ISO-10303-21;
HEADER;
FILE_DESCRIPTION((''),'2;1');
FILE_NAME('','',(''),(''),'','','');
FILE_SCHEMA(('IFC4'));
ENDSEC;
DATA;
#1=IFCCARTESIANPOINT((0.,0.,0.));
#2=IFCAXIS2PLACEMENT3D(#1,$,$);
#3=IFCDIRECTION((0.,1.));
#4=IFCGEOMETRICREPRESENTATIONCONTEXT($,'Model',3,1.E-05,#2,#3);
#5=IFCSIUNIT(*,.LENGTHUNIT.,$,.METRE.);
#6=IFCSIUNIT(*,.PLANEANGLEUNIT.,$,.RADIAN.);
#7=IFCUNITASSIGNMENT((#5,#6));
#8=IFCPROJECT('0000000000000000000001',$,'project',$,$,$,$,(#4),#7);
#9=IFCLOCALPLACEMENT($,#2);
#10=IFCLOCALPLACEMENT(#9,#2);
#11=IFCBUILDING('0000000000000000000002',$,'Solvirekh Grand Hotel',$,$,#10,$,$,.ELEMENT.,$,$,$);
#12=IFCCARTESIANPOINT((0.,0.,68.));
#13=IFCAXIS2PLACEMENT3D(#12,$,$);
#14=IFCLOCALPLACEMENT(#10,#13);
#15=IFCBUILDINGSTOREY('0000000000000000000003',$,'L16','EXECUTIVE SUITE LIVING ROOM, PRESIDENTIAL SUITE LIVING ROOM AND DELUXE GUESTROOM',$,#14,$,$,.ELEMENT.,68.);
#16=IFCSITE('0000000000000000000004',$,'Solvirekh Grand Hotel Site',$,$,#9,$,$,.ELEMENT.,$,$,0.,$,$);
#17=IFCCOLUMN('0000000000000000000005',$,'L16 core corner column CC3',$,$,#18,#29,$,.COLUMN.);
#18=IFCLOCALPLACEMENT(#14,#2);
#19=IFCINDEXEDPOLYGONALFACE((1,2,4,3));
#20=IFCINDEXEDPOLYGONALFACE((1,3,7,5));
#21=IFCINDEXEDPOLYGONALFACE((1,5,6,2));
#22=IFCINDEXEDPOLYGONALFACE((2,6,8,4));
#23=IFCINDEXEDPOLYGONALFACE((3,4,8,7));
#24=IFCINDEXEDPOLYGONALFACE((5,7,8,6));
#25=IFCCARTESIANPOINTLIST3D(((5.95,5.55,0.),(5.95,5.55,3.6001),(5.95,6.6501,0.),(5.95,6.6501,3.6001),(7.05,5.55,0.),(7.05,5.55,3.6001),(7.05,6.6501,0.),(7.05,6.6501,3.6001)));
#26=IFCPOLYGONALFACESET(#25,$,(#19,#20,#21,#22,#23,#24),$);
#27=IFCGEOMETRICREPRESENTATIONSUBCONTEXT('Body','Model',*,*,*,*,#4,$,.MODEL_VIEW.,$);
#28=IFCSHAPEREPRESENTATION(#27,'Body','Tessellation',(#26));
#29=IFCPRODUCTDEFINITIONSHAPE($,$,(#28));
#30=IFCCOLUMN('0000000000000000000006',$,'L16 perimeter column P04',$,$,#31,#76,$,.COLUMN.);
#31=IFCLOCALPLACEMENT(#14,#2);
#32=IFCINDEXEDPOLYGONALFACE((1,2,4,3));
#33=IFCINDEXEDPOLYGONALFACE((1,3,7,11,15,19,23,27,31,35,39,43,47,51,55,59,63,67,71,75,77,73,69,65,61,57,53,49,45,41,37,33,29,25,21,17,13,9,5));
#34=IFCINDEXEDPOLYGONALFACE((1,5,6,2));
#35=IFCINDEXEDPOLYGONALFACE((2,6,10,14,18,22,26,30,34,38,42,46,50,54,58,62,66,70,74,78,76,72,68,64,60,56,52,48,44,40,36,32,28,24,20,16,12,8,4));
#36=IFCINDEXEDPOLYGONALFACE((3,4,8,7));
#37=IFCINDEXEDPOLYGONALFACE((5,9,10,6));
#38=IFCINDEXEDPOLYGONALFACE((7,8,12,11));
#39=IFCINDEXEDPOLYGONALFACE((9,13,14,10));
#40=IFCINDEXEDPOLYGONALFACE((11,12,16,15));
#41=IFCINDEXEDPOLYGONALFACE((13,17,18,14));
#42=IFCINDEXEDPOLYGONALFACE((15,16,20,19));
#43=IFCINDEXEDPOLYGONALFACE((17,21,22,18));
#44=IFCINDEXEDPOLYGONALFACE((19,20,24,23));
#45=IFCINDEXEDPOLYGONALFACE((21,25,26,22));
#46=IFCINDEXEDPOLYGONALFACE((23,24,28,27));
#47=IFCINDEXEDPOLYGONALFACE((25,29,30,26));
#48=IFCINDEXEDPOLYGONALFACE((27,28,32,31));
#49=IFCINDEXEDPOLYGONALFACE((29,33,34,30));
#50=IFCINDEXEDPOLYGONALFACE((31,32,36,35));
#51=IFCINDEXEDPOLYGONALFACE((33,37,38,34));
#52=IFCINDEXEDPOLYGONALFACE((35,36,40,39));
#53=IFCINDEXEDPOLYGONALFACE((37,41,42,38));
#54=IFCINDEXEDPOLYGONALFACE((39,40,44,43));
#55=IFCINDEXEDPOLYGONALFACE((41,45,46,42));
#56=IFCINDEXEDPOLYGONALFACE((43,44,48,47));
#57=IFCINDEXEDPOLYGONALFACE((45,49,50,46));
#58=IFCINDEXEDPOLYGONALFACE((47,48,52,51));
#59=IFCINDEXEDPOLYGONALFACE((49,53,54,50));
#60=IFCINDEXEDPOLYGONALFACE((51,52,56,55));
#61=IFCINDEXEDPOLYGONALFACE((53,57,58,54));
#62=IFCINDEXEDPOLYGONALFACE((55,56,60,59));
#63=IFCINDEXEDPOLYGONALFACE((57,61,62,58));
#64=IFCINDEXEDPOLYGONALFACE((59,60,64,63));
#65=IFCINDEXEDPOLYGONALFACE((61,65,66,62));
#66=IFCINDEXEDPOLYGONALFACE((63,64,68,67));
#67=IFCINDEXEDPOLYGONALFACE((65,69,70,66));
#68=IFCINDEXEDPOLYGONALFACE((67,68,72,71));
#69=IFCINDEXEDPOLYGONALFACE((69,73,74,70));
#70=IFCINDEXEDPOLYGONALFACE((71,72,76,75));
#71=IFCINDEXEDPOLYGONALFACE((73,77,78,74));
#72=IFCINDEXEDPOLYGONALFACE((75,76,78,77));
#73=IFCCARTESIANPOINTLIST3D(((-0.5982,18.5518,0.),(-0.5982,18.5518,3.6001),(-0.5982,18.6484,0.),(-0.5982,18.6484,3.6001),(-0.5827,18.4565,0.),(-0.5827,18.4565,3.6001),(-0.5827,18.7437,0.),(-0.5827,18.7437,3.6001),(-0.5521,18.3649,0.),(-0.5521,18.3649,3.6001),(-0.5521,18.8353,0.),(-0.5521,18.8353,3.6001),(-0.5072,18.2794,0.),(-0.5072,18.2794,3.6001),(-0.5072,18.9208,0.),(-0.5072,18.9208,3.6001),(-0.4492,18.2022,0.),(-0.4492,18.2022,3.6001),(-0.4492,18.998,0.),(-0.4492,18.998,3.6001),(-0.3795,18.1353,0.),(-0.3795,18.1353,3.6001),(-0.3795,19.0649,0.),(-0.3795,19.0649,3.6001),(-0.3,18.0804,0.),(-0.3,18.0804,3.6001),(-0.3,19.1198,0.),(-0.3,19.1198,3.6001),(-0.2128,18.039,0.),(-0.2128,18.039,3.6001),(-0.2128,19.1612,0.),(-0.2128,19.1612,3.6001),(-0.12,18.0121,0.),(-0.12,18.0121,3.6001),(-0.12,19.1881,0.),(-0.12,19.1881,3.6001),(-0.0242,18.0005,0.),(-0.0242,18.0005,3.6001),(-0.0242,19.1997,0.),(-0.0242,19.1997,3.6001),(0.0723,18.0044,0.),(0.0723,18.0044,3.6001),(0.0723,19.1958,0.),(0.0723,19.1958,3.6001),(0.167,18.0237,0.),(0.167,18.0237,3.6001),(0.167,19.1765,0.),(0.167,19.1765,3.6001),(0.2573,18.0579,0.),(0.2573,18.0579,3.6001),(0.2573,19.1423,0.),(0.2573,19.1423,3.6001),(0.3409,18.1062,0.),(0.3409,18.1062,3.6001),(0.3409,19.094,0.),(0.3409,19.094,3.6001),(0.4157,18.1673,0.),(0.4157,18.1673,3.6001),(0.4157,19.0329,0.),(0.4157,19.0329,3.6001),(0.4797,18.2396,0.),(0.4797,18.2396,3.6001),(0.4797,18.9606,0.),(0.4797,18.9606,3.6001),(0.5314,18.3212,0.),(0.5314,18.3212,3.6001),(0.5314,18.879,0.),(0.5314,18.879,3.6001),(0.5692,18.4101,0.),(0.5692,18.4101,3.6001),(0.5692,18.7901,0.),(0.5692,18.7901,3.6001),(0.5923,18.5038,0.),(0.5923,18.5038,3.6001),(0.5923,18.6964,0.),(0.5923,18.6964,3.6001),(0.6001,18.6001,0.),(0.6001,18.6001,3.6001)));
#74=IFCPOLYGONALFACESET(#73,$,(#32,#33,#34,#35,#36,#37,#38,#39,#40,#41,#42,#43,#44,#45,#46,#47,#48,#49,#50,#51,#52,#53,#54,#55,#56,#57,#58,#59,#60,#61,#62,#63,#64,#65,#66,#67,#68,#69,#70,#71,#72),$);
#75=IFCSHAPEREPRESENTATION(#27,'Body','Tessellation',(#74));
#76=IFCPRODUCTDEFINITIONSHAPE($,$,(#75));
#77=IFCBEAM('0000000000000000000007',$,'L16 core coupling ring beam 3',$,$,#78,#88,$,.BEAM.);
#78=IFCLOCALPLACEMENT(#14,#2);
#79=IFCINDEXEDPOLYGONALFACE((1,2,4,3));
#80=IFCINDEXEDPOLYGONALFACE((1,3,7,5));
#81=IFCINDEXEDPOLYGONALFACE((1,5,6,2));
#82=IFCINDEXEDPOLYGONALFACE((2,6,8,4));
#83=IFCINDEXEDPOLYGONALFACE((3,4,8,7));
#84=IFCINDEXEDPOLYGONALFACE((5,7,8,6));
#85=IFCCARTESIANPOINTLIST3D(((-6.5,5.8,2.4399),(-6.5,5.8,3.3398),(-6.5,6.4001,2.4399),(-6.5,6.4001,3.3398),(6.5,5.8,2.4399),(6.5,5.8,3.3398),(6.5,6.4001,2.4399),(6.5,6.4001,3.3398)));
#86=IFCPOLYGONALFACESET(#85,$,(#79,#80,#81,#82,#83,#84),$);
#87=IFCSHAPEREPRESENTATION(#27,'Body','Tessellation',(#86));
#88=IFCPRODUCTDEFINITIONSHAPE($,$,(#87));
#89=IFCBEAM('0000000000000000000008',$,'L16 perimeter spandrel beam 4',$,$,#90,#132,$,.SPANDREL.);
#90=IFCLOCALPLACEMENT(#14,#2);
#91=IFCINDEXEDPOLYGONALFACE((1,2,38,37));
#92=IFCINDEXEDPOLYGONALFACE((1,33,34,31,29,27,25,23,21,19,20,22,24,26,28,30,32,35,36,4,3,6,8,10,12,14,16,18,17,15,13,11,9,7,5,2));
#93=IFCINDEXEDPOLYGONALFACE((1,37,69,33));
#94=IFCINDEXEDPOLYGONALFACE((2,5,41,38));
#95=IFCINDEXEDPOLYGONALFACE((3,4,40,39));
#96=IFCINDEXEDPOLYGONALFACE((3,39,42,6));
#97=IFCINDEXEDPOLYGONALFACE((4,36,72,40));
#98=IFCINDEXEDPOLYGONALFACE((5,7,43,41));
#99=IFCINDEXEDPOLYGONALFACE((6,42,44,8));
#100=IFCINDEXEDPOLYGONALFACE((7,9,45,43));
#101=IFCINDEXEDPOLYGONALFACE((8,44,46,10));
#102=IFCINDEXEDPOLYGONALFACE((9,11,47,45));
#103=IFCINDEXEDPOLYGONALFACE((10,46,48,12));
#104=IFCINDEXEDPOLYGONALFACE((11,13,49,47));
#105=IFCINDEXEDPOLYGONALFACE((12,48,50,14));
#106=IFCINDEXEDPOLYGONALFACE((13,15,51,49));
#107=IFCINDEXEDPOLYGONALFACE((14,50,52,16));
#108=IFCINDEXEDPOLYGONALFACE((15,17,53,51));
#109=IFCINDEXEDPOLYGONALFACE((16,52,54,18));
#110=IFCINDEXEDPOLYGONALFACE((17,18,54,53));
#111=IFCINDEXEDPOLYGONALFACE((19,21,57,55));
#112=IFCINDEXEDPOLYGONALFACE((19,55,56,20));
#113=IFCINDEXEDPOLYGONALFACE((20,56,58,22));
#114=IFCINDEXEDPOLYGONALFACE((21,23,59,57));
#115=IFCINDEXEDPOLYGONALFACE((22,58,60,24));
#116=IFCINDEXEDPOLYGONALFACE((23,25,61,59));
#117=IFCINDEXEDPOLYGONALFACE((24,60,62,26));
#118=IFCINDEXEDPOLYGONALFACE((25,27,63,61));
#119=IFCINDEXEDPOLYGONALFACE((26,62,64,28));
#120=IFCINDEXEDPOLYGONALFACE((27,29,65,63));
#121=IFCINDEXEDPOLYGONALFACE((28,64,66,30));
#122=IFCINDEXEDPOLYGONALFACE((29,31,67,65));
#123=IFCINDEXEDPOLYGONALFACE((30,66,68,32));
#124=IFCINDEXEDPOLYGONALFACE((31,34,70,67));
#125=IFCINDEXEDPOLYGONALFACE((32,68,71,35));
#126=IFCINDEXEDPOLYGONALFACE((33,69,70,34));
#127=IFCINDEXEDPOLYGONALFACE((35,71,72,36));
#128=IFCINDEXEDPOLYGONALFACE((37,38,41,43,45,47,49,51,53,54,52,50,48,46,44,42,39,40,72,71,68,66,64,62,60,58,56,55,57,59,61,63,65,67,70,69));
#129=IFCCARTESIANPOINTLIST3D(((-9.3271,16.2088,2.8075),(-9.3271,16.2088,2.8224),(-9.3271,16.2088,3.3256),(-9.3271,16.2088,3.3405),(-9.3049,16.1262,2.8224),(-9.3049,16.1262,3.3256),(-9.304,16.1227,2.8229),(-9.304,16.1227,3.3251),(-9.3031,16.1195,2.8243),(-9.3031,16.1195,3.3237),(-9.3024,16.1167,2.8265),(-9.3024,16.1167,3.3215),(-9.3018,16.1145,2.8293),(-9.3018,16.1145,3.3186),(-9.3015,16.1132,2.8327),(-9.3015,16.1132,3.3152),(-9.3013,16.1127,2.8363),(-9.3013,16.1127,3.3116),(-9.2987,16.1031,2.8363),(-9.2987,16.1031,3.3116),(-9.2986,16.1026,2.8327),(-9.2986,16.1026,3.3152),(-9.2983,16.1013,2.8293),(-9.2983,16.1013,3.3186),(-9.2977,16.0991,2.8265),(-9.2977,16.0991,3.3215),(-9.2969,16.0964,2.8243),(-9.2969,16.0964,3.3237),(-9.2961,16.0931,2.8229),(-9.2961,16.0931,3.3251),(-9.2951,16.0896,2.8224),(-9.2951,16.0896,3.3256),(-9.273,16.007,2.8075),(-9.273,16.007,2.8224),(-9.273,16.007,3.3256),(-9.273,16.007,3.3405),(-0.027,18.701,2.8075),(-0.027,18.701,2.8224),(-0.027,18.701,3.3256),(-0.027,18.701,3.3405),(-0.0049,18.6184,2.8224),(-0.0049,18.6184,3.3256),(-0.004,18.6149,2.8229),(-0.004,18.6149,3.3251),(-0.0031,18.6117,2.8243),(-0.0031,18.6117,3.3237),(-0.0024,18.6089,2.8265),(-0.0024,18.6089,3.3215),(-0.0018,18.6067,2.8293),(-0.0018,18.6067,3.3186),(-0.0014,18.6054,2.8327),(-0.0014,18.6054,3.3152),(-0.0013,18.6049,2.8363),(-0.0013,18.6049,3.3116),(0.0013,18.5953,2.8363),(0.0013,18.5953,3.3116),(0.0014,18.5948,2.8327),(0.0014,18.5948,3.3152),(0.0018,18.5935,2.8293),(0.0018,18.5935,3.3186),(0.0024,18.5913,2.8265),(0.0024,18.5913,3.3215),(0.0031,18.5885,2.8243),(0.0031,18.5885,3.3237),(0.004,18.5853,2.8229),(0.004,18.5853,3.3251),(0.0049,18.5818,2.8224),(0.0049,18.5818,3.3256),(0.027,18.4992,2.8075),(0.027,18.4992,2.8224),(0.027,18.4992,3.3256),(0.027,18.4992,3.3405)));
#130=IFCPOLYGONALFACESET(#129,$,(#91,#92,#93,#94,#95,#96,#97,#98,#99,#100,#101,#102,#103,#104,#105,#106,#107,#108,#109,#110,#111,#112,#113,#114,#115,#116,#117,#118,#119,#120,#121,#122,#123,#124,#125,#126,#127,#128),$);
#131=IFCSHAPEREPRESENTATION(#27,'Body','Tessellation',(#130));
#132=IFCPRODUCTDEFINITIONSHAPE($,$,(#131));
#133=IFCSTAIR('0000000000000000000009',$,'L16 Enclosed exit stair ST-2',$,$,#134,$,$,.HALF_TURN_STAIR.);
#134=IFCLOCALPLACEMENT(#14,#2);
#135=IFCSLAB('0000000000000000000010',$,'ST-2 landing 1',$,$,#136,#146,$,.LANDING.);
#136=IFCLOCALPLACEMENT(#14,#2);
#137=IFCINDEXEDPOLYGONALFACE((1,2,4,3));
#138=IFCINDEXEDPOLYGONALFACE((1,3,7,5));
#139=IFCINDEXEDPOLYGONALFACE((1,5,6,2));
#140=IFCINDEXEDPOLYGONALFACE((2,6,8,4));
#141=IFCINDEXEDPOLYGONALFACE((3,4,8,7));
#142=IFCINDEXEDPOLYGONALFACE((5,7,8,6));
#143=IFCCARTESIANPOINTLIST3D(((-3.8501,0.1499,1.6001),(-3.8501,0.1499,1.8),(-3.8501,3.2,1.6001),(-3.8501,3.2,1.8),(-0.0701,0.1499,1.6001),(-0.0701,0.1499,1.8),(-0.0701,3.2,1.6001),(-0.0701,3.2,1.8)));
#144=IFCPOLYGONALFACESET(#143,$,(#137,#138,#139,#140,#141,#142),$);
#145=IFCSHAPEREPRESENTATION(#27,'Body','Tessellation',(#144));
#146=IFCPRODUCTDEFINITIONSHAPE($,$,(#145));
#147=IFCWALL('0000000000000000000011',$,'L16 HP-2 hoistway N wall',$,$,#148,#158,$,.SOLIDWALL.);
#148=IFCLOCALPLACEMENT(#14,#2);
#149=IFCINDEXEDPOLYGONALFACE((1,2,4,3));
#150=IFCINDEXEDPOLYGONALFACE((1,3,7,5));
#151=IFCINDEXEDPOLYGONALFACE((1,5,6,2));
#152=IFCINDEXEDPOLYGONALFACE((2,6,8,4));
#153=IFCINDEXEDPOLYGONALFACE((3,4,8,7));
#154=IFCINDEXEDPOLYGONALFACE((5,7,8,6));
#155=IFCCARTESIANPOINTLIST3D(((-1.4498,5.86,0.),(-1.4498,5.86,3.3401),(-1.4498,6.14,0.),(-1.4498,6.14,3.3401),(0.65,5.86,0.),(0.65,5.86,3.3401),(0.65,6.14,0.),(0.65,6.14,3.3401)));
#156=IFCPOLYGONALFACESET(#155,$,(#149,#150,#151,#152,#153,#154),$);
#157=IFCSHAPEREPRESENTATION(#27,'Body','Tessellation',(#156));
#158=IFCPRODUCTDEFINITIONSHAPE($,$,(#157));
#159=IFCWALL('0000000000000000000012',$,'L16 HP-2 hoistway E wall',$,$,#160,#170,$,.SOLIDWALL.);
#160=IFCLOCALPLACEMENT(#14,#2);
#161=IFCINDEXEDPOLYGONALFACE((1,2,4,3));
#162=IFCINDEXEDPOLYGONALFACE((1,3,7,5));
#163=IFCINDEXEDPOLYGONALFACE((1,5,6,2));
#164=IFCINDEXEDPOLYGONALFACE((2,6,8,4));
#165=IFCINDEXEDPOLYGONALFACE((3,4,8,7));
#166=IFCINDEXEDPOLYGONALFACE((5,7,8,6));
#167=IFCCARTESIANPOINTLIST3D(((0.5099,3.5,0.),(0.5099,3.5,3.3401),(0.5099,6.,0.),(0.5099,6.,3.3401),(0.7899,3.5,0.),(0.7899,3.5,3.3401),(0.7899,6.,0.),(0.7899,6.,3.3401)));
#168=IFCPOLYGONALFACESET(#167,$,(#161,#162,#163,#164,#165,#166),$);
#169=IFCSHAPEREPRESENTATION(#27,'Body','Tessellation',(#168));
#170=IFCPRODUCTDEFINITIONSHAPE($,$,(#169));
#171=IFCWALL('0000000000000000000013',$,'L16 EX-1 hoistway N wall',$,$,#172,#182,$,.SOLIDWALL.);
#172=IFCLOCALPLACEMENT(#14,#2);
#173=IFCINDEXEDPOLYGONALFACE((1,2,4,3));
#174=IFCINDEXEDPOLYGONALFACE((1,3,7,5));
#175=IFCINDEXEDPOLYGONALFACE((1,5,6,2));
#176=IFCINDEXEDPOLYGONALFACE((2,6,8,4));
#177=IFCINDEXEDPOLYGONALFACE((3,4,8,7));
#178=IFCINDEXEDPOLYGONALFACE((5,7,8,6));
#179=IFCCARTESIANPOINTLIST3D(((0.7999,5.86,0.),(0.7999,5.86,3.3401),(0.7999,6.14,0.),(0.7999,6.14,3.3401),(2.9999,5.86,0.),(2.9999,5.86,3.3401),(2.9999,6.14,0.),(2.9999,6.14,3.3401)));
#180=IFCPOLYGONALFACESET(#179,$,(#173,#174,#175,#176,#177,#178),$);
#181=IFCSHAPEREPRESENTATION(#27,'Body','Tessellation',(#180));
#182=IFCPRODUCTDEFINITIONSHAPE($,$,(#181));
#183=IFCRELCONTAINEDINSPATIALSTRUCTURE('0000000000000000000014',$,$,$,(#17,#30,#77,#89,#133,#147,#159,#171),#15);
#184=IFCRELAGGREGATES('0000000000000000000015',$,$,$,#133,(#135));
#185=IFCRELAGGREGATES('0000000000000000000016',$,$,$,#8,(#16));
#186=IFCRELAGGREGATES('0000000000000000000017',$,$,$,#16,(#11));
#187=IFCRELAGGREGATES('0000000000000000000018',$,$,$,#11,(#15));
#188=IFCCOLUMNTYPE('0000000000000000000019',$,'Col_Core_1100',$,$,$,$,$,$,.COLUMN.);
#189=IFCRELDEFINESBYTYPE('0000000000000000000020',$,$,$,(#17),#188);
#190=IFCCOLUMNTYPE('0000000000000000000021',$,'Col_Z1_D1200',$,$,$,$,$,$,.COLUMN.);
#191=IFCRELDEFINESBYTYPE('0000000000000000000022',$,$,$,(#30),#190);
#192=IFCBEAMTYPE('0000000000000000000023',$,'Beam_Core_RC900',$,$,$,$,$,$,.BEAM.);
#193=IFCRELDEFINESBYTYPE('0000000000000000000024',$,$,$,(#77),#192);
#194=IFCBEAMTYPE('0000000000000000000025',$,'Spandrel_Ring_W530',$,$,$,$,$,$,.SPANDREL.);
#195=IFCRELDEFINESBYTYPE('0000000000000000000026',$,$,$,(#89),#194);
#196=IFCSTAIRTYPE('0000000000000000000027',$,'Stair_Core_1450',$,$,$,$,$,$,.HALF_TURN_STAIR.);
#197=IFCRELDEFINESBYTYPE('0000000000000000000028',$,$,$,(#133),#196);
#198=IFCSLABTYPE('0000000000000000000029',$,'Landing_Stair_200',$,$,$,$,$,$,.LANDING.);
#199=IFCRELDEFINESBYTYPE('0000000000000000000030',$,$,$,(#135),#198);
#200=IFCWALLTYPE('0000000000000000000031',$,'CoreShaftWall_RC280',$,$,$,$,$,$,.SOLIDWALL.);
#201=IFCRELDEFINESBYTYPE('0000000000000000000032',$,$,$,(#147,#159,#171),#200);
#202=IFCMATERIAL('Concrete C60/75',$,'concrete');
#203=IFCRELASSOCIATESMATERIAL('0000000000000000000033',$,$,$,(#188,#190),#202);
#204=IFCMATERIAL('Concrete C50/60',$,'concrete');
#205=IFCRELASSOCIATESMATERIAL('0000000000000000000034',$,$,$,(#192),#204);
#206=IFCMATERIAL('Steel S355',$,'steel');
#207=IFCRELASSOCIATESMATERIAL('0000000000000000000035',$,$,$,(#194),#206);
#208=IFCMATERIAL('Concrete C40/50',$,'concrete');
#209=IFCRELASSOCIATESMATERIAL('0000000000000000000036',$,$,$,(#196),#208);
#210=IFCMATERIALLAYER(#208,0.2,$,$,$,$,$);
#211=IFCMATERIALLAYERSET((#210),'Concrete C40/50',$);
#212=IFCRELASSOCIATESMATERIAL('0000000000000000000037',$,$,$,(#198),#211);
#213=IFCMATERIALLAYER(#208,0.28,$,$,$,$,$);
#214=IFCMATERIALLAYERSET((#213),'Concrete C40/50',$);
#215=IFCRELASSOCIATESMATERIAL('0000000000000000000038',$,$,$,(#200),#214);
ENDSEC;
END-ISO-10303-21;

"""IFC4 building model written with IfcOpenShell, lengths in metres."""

from ifc_helpers import new_model, si_unit, direction, frame, frame_2d, origin, origin_2d, place, context, subcontext, project, spatial, polyline, rectangle, circle, i_section, outline, extrude, material, layer, layer_set, material_profile, profile_set, type_object, element, aggregate, save


model = new_model("IFC4")

# Units and contexts
model_context = context("Model", 3, precision=1e-05, world=origin(), true_north=direction((0.0, 1.0)))
body_context = subcontext(model_context, "Body", "Model", "MODEL_VIEW")
ifc_project = project(units=[si_unit("LENGTHUNIT", "METRE"), si_unit("PLANEANGLEUNIT", "RADIAN")], contexts=[model_context])

# Site, building, storey
site_placement = place(None, origin())
site = spatial("IfcSite", under=ifc_project, at=site_placement, Name="Solvirekh Grand Hotel Site", CompositionType="ELEMENT", RefElevation=0.0)
building_placement = place(site_placement, origin())
building = spatial("IfcBuilding", under=site, at=building_placement, Name="Solvirekh Grand Hotel", CompositionType="ELEMENT")
storey_placement = place(building_placement, frame((0.0, 0.0, 68.0)))
storey = spatial("IfcBuildingStorey", under=building, at=storey_placement, Name="L16", Description="EXECUTIVE SUITE LIVING ROOM, PRESIDENTIAL SUITE LIVING ROOM AND DELUXE GUESTROOM", CompositionType="ELEMENT", Elevation=68.0)

# Columns
ifc_material_1 = material(Name="Concrete C60/75", Category="concrete")
ifc_material_profile_1 = material_profile(ifc_material_1, rectangle(XDim=1.1001, YDim=1.1001, at=origin_2d()), Name="RC 1100X1100")
ifc_profile_set_1 = profile_set([ifc_material_profile_1], Name="Concrete C60/75")
column_type_1 = type_object("IfcColumnType", Name="Col_Core_1100", PredefinedType="COLUMN", material=ifc_profile_set_1)
column_1_placement = place(storey_placement, frame((6.5, 6.1001, 0.0), z_axis=(0.0, 0.0, 1.0), x_axis=(1.0, 0.0, 0.0)))
element("IfcColumn", 1, at=column_1_placement, inside=storey, type_object=column_type_1, Name="L16 core corner column CC3", PredefinedType="COLUMN", context=body_context, shape_type="SweptSolid", body=[
    extrude(rectangle(XDim=1.1001, YDim=1.1001, at=origin_2d()), origin(), (0.0, 0.0, 1.0), 3.6001),
])
ifc_material_profile_2 = material_profile(ifc_material_1, circle(Radius=0.6001, at=origin_2d()), Name="RC CIRC D1200")
ifc_profile_set_2 = profile_set([ifc_material_profile_2], Name="Concrete C60/75")
column_type_2 = type_object("IfcColumnType", Name="Col_Z1_D1200", PredefinedType="COLUMN", material=ifc_profile_set_2)
column_2_placement = place(storey_placement, frame((0.0, 18.6001, 0.0), z_axis=(0.0, 0.0, 1.0), x_axis=(1.0, 0.0, 0.0)))
element("IfcColumn", 2, at=column_2_placement, inside=storey, type_object=column_type_2, Name="L16 perimeter column P04", PredefinedType="COLUMN", context=body_context, shape_type="SweptSolid", body=[
    extrude(circle(Radius=0.6001, at=origin_2d()), origin(), (0.0, 0.0, 1.0), 3.6001),
])

# Beams
ifc_material_2 = material(Name="Concrete C50/60", Category="concrete")
ifc_material_profile_3 = material_profile(ifc_material_2, rectangle(XDim=0.6001, YDim=0.8999, at=origin_2d()), Name="RC BEAM 600X900")
ifc_profile_set_3 = profile_set([ifc_material_profile_3], Name="Concrete C50/60")
beam_type_1 = type_object("IfcBeamType", Name="Beam_Core_RC900", PredefinedType="BEAM", material=ifc_profile_set_3)
beam_1_placement = place(storey_placement, frame((6.5, 6.1001, 2.8899), z_axis=(-1.0, 0.0, 0.0), x_axis=(0.0, -1.0, 0.0)))
element("IfcBeam", 3, at=beam_1_placement, inside=storey, type_object=beam_type_1, Name="L16 core coupling ring beam 3", PredefinedType="BEAM", context=body_context, shape_type="SweptSolid", body=[
    extrude(rectangle(XDim=0.6001, YDim=0.8999, at=origin_2d()), origin(), (0.0, 0.0, 1.0), 13.0),
])
ifc_material_3 = material(Name="Steel S355", Category="steel")
ifc_material_profile_4 = material_profile(ifc_material_3, i_section(OverallWidth=0.209, OverallDepth=0.533, WebThickness=0.01, FlangeThickness=0.0149, FilletRadius=0.0139, at=origin_2d()), Name="W530X92")
ifc_profile_set_4 = profile_set([ifc_material_profile_4], Name="Steel S355")
beam_type_2 = type_object("IfcBeamType", Name="Spandrel_Ring_W530", PredefinedType="SPANDREL", material=ifc_profile_set_4)
beam_2_placement = place(storey_placement, frame((0.0, 18.6001, 3.074), z_axis=(-0.965919, -0.258843, 0.0), x_axis=(0.258843, -0.965919, 0.0)))
element("IfcBeam", 4, at=beam_2_placement, inside=storey, type_object=beam_type_2, Name="L16 perimeter spandrel beam 4", PredefinedType="SPANDREL", context=body_context, shape_type="SweptSolid", body=[
    extrude(i_section(OverallWidth=0.209, OverallDepth=0.533, WebThickness=0.01, FlangeThickness=0.0149, FilletRadius=0.0139, at=origin_2d()), origin(), (0.0, 0.0, 1.0), 9.6282),
])

# Stair, slab
ifc_material_4 = material(Name="Concrete C40/50", Category="concrete")
stair_type = type_object("IfcStairType", Name="Stair_Core_1450", PredefinedType="HALF_TURN_STAIR", material=ifc_material_4)
stair_placement = place(storey_placement, origin())
stair = element("IfcStair", 5, at=stair_placement, inside=storey, type_object=stair_type, Name="L16 Enclosed exit stair ST-2", PredefinedType="HALF_TURN_STAIR")
ifc_layer_1 = layer(ifc_material_4, 0.2)
ifc_layer_set_1 = layer_set([ifc_layer_1], Name="Concrete C40/50")
slab_type = type_object("IfcSlabType", Name="Landing_Stair_200", PredefinedType="LANDING", material=ifc_layer_set_1)
slab_placement = place(storey_placement, frame((0.0, 0.0, 1.6001)))
slab = element("IfcSlab", 6, at=slab_placement, type_object=slab_type, Name="ST-2 landing 1", PredefinedType="LANDING", context=body_context, shape_type="SweptSolid", body=[
    extrude(outline(polyline([(-0.0701, 3.2), (-3.8501, 3.2), (-3.8501, 0.1499), (-0.0701, 0.1499), (-0.0701, 3.2)])), origin(), (0.0, 0.0, 1.0), 0.2),
])

# Walls
ifc_layer_2 = layer(ifc_material_4, 0.28)
ifc_layer_set_2 = layer_set([ifc_layer_2], Name="Concrete C40/50")
wall_type_1 = type_object("IfcWallType", Name="CoreShaftWall_RC280", PredefinedType="SOLIDWALL", material=ifc_layer_set_2)
wall_1_placement = place(storey_placement, frame((0.6499, 6.0, 0.0), z_axis=(0.0, 0.0, 1.0), x_axis=(-1.0, 0.0, 0.0)))
element("IfcWall", 7, at=wall_1_placement, inside=storey, type_object=wall_type_1, Name="L16 HP-2 hoistway N wall", PredefinedType="SOLIDWALL", context=body_context, shape_type="SweptSolid", body=[
    extrude(rectangle(XDim=2.0999, YDim=0.28, at=frame_2d((1.0498, 0.0))), origin(), (0.0, 0.0, 1.0), 3.3401),
])
wall_2_placement = place(storey_placement, frame((0.6499, 3.5, 0.0), z_axis=(0.0, 0.0, 1.0), x_axis=(0.0, 1.0, 0.0)))
element("IfcWall", 8, at=wall_2_placement, inside=storey, type_object=wall_type_1, Name="L16 HP-2 hoistway E wall", PredefinedType="SOLIDWALL", context=body_context, shape_type="SweptSolid", body=[
    extrude(rectangle(XDim=2.5, YDim=0.28, at=frame_2d((1.25, 0.0))), origin(), (0.0, 0.0, 1.0), 3.3401),
])
wall_3_placement = place(storey_placement, frame((3.0, 6.0, 0.0), z_axis=(0.0, 0.0, 1.0), x_axis=(-1.0, 0.0, 0.0)))
element("IfcWall", 9, at=wall_3_placement, inside=storey, type_object=wall_type_1, Name="L16 EX-1 hoistway N wall", PredefinedType="SOLIDWALL", context=body_context, shape_type="SweptSolid", body=[
    extrude(rectangle(XDim=2.2, YDim=0.28, at=frame_2d((1.1001, 0.0))), origin(), (0.0, 0.0, 1.0), 3.3401),
])

aggregate(stair, [slab])

save(model, "model.ifc")
